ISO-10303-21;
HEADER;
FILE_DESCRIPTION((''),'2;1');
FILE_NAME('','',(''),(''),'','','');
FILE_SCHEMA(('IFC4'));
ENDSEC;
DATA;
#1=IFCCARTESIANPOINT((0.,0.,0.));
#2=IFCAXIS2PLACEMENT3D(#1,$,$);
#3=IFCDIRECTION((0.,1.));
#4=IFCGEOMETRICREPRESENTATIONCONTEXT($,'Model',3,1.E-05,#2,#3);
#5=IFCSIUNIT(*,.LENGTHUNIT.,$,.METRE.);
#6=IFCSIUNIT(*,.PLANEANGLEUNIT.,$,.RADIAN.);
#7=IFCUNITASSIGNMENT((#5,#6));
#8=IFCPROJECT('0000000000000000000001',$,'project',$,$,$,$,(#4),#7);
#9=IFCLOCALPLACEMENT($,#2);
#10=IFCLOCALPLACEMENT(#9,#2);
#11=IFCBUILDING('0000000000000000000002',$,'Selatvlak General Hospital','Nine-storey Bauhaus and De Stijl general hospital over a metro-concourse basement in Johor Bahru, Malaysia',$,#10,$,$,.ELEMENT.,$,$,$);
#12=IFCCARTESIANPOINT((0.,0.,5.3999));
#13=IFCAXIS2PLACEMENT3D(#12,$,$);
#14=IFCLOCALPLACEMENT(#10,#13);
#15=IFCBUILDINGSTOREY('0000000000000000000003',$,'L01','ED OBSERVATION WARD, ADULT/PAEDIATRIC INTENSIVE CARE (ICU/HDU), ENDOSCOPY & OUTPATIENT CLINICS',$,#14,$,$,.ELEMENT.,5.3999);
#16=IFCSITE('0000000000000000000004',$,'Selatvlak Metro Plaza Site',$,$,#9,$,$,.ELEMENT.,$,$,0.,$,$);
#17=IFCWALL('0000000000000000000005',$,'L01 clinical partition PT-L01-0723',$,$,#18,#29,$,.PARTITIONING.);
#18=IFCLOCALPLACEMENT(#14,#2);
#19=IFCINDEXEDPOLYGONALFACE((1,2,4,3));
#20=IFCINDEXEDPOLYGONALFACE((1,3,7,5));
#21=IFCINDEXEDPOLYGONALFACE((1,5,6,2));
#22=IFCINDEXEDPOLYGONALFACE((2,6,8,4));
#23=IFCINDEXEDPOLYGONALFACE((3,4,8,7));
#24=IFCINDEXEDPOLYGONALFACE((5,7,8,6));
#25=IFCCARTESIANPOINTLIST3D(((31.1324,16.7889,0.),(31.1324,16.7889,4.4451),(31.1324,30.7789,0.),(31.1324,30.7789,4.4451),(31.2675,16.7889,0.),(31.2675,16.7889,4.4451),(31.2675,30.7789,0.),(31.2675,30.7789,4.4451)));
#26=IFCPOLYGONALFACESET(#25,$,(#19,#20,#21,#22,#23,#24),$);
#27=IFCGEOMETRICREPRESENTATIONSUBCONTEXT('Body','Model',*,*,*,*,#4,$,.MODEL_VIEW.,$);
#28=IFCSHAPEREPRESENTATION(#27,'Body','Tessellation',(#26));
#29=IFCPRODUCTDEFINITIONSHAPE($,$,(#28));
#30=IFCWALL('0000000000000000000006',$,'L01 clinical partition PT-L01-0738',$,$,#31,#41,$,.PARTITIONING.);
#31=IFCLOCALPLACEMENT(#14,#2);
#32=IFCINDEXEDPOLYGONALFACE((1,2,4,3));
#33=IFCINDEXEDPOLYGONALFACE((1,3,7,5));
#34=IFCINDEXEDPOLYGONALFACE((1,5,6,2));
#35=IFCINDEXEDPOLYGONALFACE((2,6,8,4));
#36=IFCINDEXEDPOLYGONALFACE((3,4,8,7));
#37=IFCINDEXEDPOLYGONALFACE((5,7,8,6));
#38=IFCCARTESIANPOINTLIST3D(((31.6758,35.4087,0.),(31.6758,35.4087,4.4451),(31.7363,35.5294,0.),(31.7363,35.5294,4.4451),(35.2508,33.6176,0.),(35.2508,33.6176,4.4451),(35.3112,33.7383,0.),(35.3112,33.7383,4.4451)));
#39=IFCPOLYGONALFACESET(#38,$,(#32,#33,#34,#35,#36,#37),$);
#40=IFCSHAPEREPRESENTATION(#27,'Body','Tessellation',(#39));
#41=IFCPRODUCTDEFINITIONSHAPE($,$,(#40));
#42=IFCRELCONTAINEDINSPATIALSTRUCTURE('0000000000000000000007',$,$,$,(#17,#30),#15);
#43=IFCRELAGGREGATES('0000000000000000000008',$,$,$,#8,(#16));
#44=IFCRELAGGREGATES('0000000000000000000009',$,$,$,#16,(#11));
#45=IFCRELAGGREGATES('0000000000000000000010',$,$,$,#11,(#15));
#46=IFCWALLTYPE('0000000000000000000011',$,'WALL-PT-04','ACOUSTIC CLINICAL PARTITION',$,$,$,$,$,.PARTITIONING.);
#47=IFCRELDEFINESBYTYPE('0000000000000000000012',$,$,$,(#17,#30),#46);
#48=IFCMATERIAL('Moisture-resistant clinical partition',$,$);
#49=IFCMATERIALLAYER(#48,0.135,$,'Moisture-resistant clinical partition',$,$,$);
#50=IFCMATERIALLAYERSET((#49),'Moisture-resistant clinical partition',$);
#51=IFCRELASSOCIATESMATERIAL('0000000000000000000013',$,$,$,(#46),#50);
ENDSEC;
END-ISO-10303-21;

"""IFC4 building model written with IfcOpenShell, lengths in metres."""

from ifc_helpers import new_model, si_unit, direction, frame, frame_2d, origin, place, context, subcontext, project, spatial, rectangle, extrude, material, layer, layer_set, type_object, element, save


model = new_model("IFC4")

# Units and contexts
model_context = context("Model", 3, precision=1e-05, world=origin(), true_north=direction((0.0, 1.0)))
body_context = subcontext(model_context, "Body", "Model", "MODEL_VIEW")
ifc_project = project(units=[si_unit("LENGTHUNIT", "METRE"), si_unit("PLANEANGLEUNIT", "RADIAN")], contexts=[model_context])

# Site, building, storey
site_placement = place(None, origin())
site = spatial("IfcSite", under=ifc_project, at=site_placement, Name="Selatvlak Metro Plaza Site", CompositionType="ELEMENT", RefElevation=0.0)
building_placement = place(site_placement, origin())
building = spatial("IfcBuilding", under=site, at=building_placement, Name="Selatvlak General Hospital", Description="Nine-storey Bauhaus and De Stijl general hospital over a metro-concourse basement in Johor Bahru, Malaysia", CompositionType="ELEMENT")
storey_placement = place(building_placement, frame((0.0, 0.0, 5.3999)))
storey = spatial("IfcBuildingStorey", under=building, at=storey_placement, Name="L01", Description="ED OBSERVATION WARD, ADULT/PAEDIATRIC INTENSIVE CARE (ICU/HDU), ENDOSCOPY & OUTPATIENT CLINICS", CompositionType="ELEMENT", Elevation=5.3999)

# Shared definitions
ifc_material_1 = material(Name="Moisture-resistant clinical partition")
ifc_layer_1 = layer(ifc_material_1, 0.135, Name="Moisture-resistant clinical partition")
ifc_layer_set_1 = layer_set([ifc_layer_1], Name="Moisture-resistant clinical partition")
wall_type_1 = type_object("IfcWallType", Name="WALL-PT-04", Description="ACOUSTIC CLINICAL PARTITION", PredefinedType="PARTITIONING", material=ifc_layer_set_1)

# Walls
wall_1_placement = place(storey_placement, frame((31.2, 30.7791, 0.0), z_axis=(0.0, 0.0, 1.0), x_axis=(0.0, -1.0, 0.0)))
element("IfcWall", 1, at=wall_1_placement, inside=storey, type_object=wall_type_1, Name="L01 clinical partition PT-L01-0723", PredefinedType="PARTITIONING", context=body_context, shape_type="SweptSolid", body=[
    extrude(rectangle(XDim=13.99, YDim=0.135, at=frame_2d((6.9951, 0.0))), origin(), (0.0, 0.0, 1.0), 4.4451),
])
wall_2_placement = place(storey_placement, frame((35.281, 33.678, 0.0), z_axis=(0.0, 0.0, 1.0), x_axis=(-0.894073, 0.447922, 0.0)))
element("IfcWall", 2, at=wall_2_placement, inside=storey, type_object=wall_type_1, Name="L01 clinical partition PT-L01-0738", PredefinedType="PARTITIONING", context=body_context, shape_type="SweptSolid", body=[
    extrude(rectangle(XDim=3.9985, YDim=0.135, at=frame_2d((1.9993, 0.0))), origin(), (0.0, 0.0, 1.0), 4.4451),
])

save(model, "model.ifc")
